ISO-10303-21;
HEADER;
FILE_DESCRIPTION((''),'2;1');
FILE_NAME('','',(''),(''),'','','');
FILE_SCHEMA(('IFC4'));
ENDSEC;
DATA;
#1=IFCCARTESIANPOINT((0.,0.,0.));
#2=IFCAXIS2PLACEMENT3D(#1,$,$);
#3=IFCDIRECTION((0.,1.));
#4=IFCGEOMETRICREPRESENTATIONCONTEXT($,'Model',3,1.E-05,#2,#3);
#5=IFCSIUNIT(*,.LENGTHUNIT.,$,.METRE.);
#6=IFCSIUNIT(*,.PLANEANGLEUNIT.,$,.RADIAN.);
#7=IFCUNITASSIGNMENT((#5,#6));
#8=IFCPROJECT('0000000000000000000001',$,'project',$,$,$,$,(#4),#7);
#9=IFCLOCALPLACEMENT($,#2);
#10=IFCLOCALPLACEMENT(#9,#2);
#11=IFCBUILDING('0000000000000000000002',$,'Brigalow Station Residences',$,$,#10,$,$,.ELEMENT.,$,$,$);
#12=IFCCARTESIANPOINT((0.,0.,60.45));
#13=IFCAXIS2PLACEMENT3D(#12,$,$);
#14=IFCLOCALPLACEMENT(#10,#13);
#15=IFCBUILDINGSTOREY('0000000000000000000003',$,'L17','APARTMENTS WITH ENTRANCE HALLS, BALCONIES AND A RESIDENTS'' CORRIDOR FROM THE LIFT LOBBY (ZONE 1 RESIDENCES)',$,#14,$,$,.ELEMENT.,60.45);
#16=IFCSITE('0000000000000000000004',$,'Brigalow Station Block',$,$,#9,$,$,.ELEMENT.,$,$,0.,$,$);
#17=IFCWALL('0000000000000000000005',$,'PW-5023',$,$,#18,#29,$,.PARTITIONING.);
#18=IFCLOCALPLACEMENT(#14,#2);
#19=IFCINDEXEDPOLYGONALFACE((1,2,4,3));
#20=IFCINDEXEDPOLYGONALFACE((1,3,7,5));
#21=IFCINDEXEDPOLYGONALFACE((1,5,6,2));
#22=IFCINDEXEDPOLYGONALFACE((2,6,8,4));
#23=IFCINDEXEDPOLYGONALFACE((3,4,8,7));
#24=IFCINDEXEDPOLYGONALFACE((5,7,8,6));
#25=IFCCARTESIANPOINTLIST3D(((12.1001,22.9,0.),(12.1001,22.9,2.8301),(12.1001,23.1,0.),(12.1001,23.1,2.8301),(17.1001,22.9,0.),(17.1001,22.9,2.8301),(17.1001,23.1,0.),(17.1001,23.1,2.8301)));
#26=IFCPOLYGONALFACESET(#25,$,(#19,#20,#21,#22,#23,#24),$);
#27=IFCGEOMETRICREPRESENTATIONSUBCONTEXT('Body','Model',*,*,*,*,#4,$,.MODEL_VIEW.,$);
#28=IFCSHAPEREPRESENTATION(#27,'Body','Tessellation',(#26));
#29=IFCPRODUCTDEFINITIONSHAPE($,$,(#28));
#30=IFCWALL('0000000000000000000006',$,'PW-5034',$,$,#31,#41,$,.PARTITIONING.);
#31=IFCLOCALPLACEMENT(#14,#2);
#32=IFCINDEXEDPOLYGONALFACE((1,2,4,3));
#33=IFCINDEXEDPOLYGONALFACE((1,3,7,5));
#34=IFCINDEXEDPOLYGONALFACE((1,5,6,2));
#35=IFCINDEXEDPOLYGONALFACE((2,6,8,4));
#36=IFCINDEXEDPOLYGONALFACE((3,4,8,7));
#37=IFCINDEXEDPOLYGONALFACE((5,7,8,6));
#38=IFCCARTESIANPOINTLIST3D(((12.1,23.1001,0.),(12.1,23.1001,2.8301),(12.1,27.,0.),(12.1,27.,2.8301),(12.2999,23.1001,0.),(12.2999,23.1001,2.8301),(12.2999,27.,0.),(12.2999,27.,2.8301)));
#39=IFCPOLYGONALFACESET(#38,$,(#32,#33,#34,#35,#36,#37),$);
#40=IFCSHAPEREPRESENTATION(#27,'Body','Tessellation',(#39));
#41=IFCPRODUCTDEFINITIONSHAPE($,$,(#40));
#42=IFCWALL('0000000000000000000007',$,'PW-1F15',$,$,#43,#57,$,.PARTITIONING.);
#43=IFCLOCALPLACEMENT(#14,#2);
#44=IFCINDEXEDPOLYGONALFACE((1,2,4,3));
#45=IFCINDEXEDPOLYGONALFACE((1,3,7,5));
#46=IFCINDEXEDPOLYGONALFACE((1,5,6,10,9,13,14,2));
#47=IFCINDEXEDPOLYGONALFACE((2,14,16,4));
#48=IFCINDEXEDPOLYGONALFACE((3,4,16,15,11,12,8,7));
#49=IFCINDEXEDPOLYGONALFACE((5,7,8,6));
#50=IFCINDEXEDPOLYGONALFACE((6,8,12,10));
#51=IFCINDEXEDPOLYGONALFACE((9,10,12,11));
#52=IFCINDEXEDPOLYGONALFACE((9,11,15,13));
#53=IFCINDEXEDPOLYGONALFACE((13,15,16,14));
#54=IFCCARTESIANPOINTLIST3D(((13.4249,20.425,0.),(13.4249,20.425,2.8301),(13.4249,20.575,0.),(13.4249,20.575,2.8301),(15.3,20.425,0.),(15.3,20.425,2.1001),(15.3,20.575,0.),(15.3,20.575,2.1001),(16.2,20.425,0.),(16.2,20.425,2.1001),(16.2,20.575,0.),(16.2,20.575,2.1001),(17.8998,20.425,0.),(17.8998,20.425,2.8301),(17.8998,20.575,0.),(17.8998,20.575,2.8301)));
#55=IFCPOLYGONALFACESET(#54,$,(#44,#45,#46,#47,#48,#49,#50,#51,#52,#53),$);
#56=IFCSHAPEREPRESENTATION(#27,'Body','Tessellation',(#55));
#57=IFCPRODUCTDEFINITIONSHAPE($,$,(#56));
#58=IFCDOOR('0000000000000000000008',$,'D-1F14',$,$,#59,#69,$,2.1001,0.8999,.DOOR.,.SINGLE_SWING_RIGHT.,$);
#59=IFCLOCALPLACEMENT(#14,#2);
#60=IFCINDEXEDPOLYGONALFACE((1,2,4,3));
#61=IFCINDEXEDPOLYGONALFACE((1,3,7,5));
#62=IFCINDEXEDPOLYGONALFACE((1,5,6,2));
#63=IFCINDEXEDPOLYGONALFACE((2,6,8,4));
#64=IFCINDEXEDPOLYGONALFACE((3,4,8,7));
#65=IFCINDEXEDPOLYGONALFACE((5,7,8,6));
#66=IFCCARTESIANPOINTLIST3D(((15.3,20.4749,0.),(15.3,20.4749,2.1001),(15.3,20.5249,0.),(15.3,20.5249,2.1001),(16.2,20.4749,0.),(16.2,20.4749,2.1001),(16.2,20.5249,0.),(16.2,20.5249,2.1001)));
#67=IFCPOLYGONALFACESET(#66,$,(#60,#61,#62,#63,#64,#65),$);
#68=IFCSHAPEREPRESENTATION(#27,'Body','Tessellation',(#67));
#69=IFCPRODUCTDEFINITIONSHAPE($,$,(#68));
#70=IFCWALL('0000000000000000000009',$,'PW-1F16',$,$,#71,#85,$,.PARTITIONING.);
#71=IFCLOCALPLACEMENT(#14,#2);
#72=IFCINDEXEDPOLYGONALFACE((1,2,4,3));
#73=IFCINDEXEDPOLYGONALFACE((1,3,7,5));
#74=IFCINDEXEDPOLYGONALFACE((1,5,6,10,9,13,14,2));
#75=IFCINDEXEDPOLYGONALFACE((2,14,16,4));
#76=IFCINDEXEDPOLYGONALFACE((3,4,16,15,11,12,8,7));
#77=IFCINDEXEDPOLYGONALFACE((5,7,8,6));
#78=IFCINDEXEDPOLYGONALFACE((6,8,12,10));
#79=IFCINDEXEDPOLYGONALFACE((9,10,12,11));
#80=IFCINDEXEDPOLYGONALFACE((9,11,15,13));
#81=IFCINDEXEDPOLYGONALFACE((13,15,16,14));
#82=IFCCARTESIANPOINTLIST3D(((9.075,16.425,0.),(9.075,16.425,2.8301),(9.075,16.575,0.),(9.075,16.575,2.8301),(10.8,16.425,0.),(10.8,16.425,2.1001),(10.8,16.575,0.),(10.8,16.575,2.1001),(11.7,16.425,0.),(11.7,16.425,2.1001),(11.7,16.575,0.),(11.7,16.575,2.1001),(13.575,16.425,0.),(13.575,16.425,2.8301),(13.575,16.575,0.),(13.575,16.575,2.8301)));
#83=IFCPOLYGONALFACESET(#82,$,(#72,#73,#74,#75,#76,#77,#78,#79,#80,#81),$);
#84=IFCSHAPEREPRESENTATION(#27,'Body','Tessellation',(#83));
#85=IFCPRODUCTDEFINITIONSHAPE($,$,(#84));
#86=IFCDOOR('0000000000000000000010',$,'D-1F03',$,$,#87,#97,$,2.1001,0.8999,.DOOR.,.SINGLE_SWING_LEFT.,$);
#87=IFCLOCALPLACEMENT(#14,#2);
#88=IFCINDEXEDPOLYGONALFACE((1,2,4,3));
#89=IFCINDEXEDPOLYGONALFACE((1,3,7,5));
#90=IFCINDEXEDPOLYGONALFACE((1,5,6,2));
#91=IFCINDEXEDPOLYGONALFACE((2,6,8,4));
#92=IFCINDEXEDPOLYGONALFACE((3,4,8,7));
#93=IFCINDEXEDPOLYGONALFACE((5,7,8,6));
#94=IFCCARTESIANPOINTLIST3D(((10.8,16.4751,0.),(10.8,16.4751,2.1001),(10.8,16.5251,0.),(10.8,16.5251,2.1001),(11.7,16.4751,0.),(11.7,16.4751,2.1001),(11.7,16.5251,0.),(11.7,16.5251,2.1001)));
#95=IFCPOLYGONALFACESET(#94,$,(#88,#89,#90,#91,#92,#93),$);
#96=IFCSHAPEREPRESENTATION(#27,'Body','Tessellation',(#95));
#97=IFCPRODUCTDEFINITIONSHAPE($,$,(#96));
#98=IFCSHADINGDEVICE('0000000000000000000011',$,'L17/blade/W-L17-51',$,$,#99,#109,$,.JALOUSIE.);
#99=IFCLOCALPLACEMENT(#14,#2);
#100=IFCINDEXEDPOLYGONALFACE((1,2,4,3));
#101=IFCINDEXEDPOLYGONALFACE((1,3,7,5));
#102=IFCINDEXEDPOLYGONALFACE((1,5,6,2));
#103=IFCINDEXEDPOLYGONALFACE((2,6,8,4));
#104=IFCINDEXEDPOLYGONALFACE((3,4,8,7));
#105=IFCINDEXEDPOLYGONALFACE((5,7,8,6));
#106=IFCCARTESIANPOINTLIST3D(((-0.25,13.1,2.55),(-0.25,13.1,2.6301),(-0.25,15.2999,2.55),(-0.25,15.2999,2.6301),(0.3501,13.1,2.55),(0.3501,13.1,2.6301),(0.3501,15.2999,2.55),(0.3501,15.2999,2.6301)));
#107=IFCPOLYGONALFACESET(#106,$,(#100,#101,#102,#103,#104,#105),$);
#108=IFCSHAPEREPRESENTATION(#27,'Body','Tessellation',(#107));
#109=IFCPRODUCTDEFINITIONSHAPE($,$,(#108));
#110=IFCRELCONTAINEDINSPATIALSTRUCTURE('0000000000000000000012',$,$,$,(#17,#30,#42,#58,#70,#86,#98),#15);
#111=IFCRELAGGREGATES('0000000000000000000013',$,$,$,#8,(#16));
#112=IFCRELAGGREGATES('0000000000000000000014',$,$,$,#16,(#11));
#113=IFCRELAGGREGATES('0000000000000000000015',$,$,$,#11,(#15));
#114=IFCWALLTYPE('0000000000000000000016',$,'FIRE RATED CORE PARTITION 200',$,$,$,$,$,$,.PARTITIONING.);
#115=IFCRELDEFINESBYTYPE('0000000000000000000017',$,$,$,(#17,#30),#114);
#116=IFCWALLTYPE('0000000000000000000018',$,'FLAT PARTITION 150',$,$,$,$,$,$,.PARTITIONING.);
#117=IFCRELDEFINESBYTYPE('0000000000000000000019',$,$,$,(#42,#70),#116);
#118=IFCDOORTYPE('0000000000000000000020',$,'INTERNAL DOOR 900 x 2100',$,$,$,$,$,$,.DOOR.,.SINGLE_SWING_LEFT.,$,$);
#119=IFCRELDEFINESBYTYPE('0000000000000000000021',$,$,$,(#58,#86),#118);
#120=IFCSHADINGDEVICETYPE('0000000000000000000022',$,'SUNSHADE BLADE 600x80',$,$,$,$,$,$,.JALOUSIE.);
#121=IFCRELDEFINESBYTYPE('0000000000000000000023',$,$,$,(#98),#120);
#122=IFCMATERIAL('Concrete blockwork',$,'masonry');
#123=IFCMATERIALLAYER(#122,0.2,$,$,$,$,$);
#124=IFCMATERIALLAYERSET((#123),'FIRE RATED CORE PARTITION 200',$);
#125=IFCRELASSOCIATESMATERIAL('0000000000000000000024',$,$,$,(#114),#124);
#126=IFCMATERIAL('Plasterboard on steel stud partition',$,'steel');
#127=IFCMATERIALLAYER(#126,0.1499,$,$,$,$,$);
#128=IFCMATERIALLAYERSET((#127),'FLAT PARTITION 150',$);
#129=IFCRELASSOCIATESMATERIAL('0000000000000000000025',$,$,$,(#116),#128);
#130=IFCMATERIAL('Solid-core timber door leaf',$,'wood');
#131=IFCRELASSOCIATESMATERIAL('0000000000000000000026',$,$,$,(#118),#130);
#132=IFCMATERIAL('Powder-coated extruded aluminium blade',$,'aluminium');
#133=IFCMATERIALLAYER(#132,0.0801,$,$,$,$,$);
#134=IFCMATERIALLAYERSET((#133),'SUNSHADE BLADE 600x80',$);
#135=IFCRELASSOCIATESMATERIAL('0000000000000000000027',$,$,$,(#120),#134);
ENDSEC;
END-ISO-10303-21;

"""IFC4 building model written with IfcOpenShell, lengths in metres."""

from ifc_helpers import new_model, si_unit, direction, frame, frame_2d, origin, origin_2d, place, context, subcontext, project, spatial, rectangle, extrude, material, layer, layer_set, type_object, element, fill, save


model = new_model("IFC4")

# Units and contexts
model_context = context("Model", 3, precision=1e-05, world=origin(), true_north=direction((0.0, 1.0)))
body_context = subcontext(model_context, "Body", "Model", "MODEL_VIEW")
ifc_project = project(units=[si_unit("LENGTHUNIT", "METRE"), si_unit("PLANEANGLEUNIT", "RADIAN")], contexts=[model_context])

# Site, building, storey
site_placement = place(None, origin())
site = spatial("IfcSite", under=ifc_project, at=site_placement, Name="Brigalow Station Block", CompositionType="ELEMENT", RefElevation=0.0)
building_placement = place(site_placement, origin())
building = spatial("IfcBuilding", under=site, at=building_placement, Name="Brigalow Station Residences", CompositionType="ELEMENT")
storey_placement = place(building_placement, frame((0.0, 0.0, 60.45)))
storey = spatial("IfcBuildingStorey", under=building, at=storey_placement, Name="L17", Description="APARTMENTS WITH ENTRANCE HALLS, BALCONIES AND A RESIDENTS' CORRIDOR FROM THE LIFT LOBBY (ZONE 1 RESIDENCES)", CompositionType="ELEMENT", Elevation=60.45)

# Walls
ifc_material_1 = material(Name="Concrete blockwork", Category="masonry")
ifc_layer_1 = layer(ifc_material_1, 0.2)
ifc_layer_set_1 = layer_set([ifc_layer_1], Name="FIRE RATED CORE PARTITION 200")
wall_type_1 = type_object("IfcWallType", Name="FIRE RATED CORE PARTITION 200", PredefinedType="PARTITIONING", material=ifc_layer_set_1)
wall_1_placement = place(storey_placement, frame((12.1001, 23.0, 0.0), z_axis=(0.0, 0.0, 1.0), x_axis=(1.0, 0.0, 0.0)))
element("IfcWall", 1, at=wall_1_placement, inside=storey, type_object=wall_type_1, Name="PW-5023", PredefinedType="PARTITIONING", context=body_context, shape_type="SweptSolid", body=[
    extrude(rectangle(XDim=5.0, YDim=0.2, at=frame_2d((2.5, 0.0))), origin(), (0.0, 0.0, 1.0), 2.8301),
])
wall_2_placement = place(storey_placement, frame((12.2, 23.1001, 0.0), z_axis=(0.0, 0.0, 1.0), x_axis=(0.0, 1.0, 0.0)))
element("IfcWall", 2, at=wall_2_placement, inside=storey, type_object=wall_type_1, Name="PW-5034", PredefinedType="PARTITIONING", context=body_context, shape_type="SweptSolid", body=[
    extrude(rectangle(XDim=3.8999, YDim=0.2, at=frame_2d((1.95, 0.0))), origin(), (0.0, 0.0, 1.0), 2.8301),
])

# Walls, openings, doors
ifc_material_2 = material(Name="Plasterboard on steel stud partition", Category="steel")
ifc_layer_2 = layer(ifc_material_2, 0.1499)
ifc_layer_set_2 = layer_set([ifc_layer_2], Name="FLAT PARTITION 150")
wall_type_2 = type_object("IfcWallType", Name="FLAT PARTITION 150", PredefinedType="PARTITIONING", material=ifc_layer_set_2)
wall_3_placement = place(storey_placement, frame((13.425, 20.5, 0.0), z_axis=(0.0, 0.0, 1.0), x_axis=(1.0, 0.0, 0.0)))
wall_3 = element("IfcWall", 3, at=wall_3_placement, inside=storey, type_object=wall_type_2, Name="PW-1F15", PredefinedType="PARTITIONING", context=body_context, shape_type="SweptSolid", body=[
    extrude(rectangle(XDim=4.4749, YDim=0.1499, at=frame_2d((2.2373, 0.0))), origin(), (0.0, 0.0, 1.0), 2.8301),
])
opening_1_placement = place(wall_3_placement, frame((1.875, 0.0, 0.0)))
opening_1 = element("IfcOpeningElement", 4, at=opening_1_placement, cuts=wall_3, PredefinedType="OPENING", context=body_context, shape_type="SweptSolid", body=[
    extrude(rectangle(XDim=0.8999, YDim=2.1001, at=frame_2d((0.45, 1.05))), frame((0.0, 0.085, 0.0), z_axis=(0.0, -1.0, 0.0), x_axis=(1.0, 0.0, 0.0)), (0.0, 0.0, 1.0), 0.1699),
])
ifc_material_3 = material(Name="Solid-core timber door leaf", Category="wood")
door_type_1 = type_object("IfcDoorType", Name="INTERNAL DOOR 900 x 2100", OperationType="SINGLE_SWING_LEFT", PredefinedType="DOOR", material=ifc_material_3)
door_1_placement = place(opening_1_placement, origin())
door_1 = element("IfcDoor", 5, at=door_1_placement, inside=storey, type_object=door_type_1, Name="D-1F14", OperationType="SINGLE_SWING_RIGHT", OverallHeight=2.1001, OverallWidth=0.8999, PredefinedType="DOOR", context=body_context, shape_type="SweptSolid", body=[
    extrude(rectangle(XDim=0.8999, YDim=2.1001, at=frame_2d((0.45, 1.05))), frame((0.0, 0.0249, 0.0), z_axis=(0.0, -1.0, 0.0), x_axis=(1.0, 0.0, 0.0)), (0.0, 0.0, 1.0), 0.05),
])
fill(opening_1, door_1)
wall_4_placement = place(storey_placement, frame((9.075, 16.5, 0.0), z_axis=(0.0, 0.0, 1.0), x_axis=(1.0, 0.0, 0.0)))
wall_4 = element("IfcWall", 6, at=wall_4_placement, inside=storey, type_object=wall_type_2, Name="PW-1F16", PredefinedType="PARTITIONING", context=body_context, shape_type="SweptSolid", body=[
    extrude(rectangle(XDim=4.5, YDim=0.1499, at=frame_2d((2.25, 0.0))), origin(), (0.0, 0.0, 1.0), 2.8301),
])
opening_2_placement = place(wall_4_placement, frame((1.7251, 0.0, 0.0)))
opening_2 = element("IfcOpeningElement", 7, at=opening_2_placement, cuts=wall_4, PredefinedType="OPENING", context=body_context, shape_type="SweptSolid", body=[
    extrude(rectangle(XDim=0.8999, YDim=2.1001, at=frame_2d((0.45, 1.05))), frame((0.0, 0.085, 0.0), z_axis=(0.0, -1.0, 0.0), x_axis=(1.0, 0.0, 0.0)), (0.0, 0.0, 1.0), 0.1699),
])
door_2_placement = place(opening_2_placement, frame((0.8999, 0.0, 0.0), z_axis=(0.0, 0.0, 1.0), x_axis=(-1.0, 0.0, 0.0)))
door_2 = element("IfcDoor", 8, at=door_2_placement, inside=storey, type_object=door_type_1, Name="D-1F03", OperationType="SINGLE_SWING_LEFT", OverallHeight=2.1001, OverallWidth=0.8999, PredefinedType="DOOR", context=body_context, shape_type="SweptSolid", body=[
    extrude(rectangle(XDim=0.8999, YDim=2.1001, at=frame_2d((0.45, 1.05))), frame((0.0, 0.0249, 0.0), z_axis=(0.0, -1.0, 0.0), x_axis=(1.0, 0.0, 0.0)), (0.0, 0.0, 1.0), 0.05),
])
fill(opening_2, door_2)

# Shading device
ifc_material_4 = material(Name="Powder-coated extruded aluminium blade", Category="aluminium")
ifc_layer_3 = layer(ifc_material_4, 0.0801)
ifc_layer_set_3 = layer_set([ifc_layer_3], Name="SUNSHADE BLADE 600x80")
shading_device_type = type_object("IfcShadingDeviceType", Name="SUNSHADE BLADE 600x80", PredefinedType="JALOUSIE", material=ifc_layer_set_3)
shading_device_placement = place(storey_placement, frame((0.05, 14.2, 2.55), z_axis=(0.0, 0.0, 1.0), x_axis=(0.0, -1.0, 0.0)))
element("IfcShadingDevice", 9, at=shading_device_placement, inside=storey, type_object=shading_device_type, Name="L17/blade/W-L17-51", PredefinedType="JALOUSIE", context=body_context, shape_type="SweptSolid", body=[
    extrude(rectangle(XDim=2.2, YDim=0.6001, at=origin_2d()), origin(), (0.0, 0.0, 1.0), 0.0801),
])

save(model, "model.ifc")
